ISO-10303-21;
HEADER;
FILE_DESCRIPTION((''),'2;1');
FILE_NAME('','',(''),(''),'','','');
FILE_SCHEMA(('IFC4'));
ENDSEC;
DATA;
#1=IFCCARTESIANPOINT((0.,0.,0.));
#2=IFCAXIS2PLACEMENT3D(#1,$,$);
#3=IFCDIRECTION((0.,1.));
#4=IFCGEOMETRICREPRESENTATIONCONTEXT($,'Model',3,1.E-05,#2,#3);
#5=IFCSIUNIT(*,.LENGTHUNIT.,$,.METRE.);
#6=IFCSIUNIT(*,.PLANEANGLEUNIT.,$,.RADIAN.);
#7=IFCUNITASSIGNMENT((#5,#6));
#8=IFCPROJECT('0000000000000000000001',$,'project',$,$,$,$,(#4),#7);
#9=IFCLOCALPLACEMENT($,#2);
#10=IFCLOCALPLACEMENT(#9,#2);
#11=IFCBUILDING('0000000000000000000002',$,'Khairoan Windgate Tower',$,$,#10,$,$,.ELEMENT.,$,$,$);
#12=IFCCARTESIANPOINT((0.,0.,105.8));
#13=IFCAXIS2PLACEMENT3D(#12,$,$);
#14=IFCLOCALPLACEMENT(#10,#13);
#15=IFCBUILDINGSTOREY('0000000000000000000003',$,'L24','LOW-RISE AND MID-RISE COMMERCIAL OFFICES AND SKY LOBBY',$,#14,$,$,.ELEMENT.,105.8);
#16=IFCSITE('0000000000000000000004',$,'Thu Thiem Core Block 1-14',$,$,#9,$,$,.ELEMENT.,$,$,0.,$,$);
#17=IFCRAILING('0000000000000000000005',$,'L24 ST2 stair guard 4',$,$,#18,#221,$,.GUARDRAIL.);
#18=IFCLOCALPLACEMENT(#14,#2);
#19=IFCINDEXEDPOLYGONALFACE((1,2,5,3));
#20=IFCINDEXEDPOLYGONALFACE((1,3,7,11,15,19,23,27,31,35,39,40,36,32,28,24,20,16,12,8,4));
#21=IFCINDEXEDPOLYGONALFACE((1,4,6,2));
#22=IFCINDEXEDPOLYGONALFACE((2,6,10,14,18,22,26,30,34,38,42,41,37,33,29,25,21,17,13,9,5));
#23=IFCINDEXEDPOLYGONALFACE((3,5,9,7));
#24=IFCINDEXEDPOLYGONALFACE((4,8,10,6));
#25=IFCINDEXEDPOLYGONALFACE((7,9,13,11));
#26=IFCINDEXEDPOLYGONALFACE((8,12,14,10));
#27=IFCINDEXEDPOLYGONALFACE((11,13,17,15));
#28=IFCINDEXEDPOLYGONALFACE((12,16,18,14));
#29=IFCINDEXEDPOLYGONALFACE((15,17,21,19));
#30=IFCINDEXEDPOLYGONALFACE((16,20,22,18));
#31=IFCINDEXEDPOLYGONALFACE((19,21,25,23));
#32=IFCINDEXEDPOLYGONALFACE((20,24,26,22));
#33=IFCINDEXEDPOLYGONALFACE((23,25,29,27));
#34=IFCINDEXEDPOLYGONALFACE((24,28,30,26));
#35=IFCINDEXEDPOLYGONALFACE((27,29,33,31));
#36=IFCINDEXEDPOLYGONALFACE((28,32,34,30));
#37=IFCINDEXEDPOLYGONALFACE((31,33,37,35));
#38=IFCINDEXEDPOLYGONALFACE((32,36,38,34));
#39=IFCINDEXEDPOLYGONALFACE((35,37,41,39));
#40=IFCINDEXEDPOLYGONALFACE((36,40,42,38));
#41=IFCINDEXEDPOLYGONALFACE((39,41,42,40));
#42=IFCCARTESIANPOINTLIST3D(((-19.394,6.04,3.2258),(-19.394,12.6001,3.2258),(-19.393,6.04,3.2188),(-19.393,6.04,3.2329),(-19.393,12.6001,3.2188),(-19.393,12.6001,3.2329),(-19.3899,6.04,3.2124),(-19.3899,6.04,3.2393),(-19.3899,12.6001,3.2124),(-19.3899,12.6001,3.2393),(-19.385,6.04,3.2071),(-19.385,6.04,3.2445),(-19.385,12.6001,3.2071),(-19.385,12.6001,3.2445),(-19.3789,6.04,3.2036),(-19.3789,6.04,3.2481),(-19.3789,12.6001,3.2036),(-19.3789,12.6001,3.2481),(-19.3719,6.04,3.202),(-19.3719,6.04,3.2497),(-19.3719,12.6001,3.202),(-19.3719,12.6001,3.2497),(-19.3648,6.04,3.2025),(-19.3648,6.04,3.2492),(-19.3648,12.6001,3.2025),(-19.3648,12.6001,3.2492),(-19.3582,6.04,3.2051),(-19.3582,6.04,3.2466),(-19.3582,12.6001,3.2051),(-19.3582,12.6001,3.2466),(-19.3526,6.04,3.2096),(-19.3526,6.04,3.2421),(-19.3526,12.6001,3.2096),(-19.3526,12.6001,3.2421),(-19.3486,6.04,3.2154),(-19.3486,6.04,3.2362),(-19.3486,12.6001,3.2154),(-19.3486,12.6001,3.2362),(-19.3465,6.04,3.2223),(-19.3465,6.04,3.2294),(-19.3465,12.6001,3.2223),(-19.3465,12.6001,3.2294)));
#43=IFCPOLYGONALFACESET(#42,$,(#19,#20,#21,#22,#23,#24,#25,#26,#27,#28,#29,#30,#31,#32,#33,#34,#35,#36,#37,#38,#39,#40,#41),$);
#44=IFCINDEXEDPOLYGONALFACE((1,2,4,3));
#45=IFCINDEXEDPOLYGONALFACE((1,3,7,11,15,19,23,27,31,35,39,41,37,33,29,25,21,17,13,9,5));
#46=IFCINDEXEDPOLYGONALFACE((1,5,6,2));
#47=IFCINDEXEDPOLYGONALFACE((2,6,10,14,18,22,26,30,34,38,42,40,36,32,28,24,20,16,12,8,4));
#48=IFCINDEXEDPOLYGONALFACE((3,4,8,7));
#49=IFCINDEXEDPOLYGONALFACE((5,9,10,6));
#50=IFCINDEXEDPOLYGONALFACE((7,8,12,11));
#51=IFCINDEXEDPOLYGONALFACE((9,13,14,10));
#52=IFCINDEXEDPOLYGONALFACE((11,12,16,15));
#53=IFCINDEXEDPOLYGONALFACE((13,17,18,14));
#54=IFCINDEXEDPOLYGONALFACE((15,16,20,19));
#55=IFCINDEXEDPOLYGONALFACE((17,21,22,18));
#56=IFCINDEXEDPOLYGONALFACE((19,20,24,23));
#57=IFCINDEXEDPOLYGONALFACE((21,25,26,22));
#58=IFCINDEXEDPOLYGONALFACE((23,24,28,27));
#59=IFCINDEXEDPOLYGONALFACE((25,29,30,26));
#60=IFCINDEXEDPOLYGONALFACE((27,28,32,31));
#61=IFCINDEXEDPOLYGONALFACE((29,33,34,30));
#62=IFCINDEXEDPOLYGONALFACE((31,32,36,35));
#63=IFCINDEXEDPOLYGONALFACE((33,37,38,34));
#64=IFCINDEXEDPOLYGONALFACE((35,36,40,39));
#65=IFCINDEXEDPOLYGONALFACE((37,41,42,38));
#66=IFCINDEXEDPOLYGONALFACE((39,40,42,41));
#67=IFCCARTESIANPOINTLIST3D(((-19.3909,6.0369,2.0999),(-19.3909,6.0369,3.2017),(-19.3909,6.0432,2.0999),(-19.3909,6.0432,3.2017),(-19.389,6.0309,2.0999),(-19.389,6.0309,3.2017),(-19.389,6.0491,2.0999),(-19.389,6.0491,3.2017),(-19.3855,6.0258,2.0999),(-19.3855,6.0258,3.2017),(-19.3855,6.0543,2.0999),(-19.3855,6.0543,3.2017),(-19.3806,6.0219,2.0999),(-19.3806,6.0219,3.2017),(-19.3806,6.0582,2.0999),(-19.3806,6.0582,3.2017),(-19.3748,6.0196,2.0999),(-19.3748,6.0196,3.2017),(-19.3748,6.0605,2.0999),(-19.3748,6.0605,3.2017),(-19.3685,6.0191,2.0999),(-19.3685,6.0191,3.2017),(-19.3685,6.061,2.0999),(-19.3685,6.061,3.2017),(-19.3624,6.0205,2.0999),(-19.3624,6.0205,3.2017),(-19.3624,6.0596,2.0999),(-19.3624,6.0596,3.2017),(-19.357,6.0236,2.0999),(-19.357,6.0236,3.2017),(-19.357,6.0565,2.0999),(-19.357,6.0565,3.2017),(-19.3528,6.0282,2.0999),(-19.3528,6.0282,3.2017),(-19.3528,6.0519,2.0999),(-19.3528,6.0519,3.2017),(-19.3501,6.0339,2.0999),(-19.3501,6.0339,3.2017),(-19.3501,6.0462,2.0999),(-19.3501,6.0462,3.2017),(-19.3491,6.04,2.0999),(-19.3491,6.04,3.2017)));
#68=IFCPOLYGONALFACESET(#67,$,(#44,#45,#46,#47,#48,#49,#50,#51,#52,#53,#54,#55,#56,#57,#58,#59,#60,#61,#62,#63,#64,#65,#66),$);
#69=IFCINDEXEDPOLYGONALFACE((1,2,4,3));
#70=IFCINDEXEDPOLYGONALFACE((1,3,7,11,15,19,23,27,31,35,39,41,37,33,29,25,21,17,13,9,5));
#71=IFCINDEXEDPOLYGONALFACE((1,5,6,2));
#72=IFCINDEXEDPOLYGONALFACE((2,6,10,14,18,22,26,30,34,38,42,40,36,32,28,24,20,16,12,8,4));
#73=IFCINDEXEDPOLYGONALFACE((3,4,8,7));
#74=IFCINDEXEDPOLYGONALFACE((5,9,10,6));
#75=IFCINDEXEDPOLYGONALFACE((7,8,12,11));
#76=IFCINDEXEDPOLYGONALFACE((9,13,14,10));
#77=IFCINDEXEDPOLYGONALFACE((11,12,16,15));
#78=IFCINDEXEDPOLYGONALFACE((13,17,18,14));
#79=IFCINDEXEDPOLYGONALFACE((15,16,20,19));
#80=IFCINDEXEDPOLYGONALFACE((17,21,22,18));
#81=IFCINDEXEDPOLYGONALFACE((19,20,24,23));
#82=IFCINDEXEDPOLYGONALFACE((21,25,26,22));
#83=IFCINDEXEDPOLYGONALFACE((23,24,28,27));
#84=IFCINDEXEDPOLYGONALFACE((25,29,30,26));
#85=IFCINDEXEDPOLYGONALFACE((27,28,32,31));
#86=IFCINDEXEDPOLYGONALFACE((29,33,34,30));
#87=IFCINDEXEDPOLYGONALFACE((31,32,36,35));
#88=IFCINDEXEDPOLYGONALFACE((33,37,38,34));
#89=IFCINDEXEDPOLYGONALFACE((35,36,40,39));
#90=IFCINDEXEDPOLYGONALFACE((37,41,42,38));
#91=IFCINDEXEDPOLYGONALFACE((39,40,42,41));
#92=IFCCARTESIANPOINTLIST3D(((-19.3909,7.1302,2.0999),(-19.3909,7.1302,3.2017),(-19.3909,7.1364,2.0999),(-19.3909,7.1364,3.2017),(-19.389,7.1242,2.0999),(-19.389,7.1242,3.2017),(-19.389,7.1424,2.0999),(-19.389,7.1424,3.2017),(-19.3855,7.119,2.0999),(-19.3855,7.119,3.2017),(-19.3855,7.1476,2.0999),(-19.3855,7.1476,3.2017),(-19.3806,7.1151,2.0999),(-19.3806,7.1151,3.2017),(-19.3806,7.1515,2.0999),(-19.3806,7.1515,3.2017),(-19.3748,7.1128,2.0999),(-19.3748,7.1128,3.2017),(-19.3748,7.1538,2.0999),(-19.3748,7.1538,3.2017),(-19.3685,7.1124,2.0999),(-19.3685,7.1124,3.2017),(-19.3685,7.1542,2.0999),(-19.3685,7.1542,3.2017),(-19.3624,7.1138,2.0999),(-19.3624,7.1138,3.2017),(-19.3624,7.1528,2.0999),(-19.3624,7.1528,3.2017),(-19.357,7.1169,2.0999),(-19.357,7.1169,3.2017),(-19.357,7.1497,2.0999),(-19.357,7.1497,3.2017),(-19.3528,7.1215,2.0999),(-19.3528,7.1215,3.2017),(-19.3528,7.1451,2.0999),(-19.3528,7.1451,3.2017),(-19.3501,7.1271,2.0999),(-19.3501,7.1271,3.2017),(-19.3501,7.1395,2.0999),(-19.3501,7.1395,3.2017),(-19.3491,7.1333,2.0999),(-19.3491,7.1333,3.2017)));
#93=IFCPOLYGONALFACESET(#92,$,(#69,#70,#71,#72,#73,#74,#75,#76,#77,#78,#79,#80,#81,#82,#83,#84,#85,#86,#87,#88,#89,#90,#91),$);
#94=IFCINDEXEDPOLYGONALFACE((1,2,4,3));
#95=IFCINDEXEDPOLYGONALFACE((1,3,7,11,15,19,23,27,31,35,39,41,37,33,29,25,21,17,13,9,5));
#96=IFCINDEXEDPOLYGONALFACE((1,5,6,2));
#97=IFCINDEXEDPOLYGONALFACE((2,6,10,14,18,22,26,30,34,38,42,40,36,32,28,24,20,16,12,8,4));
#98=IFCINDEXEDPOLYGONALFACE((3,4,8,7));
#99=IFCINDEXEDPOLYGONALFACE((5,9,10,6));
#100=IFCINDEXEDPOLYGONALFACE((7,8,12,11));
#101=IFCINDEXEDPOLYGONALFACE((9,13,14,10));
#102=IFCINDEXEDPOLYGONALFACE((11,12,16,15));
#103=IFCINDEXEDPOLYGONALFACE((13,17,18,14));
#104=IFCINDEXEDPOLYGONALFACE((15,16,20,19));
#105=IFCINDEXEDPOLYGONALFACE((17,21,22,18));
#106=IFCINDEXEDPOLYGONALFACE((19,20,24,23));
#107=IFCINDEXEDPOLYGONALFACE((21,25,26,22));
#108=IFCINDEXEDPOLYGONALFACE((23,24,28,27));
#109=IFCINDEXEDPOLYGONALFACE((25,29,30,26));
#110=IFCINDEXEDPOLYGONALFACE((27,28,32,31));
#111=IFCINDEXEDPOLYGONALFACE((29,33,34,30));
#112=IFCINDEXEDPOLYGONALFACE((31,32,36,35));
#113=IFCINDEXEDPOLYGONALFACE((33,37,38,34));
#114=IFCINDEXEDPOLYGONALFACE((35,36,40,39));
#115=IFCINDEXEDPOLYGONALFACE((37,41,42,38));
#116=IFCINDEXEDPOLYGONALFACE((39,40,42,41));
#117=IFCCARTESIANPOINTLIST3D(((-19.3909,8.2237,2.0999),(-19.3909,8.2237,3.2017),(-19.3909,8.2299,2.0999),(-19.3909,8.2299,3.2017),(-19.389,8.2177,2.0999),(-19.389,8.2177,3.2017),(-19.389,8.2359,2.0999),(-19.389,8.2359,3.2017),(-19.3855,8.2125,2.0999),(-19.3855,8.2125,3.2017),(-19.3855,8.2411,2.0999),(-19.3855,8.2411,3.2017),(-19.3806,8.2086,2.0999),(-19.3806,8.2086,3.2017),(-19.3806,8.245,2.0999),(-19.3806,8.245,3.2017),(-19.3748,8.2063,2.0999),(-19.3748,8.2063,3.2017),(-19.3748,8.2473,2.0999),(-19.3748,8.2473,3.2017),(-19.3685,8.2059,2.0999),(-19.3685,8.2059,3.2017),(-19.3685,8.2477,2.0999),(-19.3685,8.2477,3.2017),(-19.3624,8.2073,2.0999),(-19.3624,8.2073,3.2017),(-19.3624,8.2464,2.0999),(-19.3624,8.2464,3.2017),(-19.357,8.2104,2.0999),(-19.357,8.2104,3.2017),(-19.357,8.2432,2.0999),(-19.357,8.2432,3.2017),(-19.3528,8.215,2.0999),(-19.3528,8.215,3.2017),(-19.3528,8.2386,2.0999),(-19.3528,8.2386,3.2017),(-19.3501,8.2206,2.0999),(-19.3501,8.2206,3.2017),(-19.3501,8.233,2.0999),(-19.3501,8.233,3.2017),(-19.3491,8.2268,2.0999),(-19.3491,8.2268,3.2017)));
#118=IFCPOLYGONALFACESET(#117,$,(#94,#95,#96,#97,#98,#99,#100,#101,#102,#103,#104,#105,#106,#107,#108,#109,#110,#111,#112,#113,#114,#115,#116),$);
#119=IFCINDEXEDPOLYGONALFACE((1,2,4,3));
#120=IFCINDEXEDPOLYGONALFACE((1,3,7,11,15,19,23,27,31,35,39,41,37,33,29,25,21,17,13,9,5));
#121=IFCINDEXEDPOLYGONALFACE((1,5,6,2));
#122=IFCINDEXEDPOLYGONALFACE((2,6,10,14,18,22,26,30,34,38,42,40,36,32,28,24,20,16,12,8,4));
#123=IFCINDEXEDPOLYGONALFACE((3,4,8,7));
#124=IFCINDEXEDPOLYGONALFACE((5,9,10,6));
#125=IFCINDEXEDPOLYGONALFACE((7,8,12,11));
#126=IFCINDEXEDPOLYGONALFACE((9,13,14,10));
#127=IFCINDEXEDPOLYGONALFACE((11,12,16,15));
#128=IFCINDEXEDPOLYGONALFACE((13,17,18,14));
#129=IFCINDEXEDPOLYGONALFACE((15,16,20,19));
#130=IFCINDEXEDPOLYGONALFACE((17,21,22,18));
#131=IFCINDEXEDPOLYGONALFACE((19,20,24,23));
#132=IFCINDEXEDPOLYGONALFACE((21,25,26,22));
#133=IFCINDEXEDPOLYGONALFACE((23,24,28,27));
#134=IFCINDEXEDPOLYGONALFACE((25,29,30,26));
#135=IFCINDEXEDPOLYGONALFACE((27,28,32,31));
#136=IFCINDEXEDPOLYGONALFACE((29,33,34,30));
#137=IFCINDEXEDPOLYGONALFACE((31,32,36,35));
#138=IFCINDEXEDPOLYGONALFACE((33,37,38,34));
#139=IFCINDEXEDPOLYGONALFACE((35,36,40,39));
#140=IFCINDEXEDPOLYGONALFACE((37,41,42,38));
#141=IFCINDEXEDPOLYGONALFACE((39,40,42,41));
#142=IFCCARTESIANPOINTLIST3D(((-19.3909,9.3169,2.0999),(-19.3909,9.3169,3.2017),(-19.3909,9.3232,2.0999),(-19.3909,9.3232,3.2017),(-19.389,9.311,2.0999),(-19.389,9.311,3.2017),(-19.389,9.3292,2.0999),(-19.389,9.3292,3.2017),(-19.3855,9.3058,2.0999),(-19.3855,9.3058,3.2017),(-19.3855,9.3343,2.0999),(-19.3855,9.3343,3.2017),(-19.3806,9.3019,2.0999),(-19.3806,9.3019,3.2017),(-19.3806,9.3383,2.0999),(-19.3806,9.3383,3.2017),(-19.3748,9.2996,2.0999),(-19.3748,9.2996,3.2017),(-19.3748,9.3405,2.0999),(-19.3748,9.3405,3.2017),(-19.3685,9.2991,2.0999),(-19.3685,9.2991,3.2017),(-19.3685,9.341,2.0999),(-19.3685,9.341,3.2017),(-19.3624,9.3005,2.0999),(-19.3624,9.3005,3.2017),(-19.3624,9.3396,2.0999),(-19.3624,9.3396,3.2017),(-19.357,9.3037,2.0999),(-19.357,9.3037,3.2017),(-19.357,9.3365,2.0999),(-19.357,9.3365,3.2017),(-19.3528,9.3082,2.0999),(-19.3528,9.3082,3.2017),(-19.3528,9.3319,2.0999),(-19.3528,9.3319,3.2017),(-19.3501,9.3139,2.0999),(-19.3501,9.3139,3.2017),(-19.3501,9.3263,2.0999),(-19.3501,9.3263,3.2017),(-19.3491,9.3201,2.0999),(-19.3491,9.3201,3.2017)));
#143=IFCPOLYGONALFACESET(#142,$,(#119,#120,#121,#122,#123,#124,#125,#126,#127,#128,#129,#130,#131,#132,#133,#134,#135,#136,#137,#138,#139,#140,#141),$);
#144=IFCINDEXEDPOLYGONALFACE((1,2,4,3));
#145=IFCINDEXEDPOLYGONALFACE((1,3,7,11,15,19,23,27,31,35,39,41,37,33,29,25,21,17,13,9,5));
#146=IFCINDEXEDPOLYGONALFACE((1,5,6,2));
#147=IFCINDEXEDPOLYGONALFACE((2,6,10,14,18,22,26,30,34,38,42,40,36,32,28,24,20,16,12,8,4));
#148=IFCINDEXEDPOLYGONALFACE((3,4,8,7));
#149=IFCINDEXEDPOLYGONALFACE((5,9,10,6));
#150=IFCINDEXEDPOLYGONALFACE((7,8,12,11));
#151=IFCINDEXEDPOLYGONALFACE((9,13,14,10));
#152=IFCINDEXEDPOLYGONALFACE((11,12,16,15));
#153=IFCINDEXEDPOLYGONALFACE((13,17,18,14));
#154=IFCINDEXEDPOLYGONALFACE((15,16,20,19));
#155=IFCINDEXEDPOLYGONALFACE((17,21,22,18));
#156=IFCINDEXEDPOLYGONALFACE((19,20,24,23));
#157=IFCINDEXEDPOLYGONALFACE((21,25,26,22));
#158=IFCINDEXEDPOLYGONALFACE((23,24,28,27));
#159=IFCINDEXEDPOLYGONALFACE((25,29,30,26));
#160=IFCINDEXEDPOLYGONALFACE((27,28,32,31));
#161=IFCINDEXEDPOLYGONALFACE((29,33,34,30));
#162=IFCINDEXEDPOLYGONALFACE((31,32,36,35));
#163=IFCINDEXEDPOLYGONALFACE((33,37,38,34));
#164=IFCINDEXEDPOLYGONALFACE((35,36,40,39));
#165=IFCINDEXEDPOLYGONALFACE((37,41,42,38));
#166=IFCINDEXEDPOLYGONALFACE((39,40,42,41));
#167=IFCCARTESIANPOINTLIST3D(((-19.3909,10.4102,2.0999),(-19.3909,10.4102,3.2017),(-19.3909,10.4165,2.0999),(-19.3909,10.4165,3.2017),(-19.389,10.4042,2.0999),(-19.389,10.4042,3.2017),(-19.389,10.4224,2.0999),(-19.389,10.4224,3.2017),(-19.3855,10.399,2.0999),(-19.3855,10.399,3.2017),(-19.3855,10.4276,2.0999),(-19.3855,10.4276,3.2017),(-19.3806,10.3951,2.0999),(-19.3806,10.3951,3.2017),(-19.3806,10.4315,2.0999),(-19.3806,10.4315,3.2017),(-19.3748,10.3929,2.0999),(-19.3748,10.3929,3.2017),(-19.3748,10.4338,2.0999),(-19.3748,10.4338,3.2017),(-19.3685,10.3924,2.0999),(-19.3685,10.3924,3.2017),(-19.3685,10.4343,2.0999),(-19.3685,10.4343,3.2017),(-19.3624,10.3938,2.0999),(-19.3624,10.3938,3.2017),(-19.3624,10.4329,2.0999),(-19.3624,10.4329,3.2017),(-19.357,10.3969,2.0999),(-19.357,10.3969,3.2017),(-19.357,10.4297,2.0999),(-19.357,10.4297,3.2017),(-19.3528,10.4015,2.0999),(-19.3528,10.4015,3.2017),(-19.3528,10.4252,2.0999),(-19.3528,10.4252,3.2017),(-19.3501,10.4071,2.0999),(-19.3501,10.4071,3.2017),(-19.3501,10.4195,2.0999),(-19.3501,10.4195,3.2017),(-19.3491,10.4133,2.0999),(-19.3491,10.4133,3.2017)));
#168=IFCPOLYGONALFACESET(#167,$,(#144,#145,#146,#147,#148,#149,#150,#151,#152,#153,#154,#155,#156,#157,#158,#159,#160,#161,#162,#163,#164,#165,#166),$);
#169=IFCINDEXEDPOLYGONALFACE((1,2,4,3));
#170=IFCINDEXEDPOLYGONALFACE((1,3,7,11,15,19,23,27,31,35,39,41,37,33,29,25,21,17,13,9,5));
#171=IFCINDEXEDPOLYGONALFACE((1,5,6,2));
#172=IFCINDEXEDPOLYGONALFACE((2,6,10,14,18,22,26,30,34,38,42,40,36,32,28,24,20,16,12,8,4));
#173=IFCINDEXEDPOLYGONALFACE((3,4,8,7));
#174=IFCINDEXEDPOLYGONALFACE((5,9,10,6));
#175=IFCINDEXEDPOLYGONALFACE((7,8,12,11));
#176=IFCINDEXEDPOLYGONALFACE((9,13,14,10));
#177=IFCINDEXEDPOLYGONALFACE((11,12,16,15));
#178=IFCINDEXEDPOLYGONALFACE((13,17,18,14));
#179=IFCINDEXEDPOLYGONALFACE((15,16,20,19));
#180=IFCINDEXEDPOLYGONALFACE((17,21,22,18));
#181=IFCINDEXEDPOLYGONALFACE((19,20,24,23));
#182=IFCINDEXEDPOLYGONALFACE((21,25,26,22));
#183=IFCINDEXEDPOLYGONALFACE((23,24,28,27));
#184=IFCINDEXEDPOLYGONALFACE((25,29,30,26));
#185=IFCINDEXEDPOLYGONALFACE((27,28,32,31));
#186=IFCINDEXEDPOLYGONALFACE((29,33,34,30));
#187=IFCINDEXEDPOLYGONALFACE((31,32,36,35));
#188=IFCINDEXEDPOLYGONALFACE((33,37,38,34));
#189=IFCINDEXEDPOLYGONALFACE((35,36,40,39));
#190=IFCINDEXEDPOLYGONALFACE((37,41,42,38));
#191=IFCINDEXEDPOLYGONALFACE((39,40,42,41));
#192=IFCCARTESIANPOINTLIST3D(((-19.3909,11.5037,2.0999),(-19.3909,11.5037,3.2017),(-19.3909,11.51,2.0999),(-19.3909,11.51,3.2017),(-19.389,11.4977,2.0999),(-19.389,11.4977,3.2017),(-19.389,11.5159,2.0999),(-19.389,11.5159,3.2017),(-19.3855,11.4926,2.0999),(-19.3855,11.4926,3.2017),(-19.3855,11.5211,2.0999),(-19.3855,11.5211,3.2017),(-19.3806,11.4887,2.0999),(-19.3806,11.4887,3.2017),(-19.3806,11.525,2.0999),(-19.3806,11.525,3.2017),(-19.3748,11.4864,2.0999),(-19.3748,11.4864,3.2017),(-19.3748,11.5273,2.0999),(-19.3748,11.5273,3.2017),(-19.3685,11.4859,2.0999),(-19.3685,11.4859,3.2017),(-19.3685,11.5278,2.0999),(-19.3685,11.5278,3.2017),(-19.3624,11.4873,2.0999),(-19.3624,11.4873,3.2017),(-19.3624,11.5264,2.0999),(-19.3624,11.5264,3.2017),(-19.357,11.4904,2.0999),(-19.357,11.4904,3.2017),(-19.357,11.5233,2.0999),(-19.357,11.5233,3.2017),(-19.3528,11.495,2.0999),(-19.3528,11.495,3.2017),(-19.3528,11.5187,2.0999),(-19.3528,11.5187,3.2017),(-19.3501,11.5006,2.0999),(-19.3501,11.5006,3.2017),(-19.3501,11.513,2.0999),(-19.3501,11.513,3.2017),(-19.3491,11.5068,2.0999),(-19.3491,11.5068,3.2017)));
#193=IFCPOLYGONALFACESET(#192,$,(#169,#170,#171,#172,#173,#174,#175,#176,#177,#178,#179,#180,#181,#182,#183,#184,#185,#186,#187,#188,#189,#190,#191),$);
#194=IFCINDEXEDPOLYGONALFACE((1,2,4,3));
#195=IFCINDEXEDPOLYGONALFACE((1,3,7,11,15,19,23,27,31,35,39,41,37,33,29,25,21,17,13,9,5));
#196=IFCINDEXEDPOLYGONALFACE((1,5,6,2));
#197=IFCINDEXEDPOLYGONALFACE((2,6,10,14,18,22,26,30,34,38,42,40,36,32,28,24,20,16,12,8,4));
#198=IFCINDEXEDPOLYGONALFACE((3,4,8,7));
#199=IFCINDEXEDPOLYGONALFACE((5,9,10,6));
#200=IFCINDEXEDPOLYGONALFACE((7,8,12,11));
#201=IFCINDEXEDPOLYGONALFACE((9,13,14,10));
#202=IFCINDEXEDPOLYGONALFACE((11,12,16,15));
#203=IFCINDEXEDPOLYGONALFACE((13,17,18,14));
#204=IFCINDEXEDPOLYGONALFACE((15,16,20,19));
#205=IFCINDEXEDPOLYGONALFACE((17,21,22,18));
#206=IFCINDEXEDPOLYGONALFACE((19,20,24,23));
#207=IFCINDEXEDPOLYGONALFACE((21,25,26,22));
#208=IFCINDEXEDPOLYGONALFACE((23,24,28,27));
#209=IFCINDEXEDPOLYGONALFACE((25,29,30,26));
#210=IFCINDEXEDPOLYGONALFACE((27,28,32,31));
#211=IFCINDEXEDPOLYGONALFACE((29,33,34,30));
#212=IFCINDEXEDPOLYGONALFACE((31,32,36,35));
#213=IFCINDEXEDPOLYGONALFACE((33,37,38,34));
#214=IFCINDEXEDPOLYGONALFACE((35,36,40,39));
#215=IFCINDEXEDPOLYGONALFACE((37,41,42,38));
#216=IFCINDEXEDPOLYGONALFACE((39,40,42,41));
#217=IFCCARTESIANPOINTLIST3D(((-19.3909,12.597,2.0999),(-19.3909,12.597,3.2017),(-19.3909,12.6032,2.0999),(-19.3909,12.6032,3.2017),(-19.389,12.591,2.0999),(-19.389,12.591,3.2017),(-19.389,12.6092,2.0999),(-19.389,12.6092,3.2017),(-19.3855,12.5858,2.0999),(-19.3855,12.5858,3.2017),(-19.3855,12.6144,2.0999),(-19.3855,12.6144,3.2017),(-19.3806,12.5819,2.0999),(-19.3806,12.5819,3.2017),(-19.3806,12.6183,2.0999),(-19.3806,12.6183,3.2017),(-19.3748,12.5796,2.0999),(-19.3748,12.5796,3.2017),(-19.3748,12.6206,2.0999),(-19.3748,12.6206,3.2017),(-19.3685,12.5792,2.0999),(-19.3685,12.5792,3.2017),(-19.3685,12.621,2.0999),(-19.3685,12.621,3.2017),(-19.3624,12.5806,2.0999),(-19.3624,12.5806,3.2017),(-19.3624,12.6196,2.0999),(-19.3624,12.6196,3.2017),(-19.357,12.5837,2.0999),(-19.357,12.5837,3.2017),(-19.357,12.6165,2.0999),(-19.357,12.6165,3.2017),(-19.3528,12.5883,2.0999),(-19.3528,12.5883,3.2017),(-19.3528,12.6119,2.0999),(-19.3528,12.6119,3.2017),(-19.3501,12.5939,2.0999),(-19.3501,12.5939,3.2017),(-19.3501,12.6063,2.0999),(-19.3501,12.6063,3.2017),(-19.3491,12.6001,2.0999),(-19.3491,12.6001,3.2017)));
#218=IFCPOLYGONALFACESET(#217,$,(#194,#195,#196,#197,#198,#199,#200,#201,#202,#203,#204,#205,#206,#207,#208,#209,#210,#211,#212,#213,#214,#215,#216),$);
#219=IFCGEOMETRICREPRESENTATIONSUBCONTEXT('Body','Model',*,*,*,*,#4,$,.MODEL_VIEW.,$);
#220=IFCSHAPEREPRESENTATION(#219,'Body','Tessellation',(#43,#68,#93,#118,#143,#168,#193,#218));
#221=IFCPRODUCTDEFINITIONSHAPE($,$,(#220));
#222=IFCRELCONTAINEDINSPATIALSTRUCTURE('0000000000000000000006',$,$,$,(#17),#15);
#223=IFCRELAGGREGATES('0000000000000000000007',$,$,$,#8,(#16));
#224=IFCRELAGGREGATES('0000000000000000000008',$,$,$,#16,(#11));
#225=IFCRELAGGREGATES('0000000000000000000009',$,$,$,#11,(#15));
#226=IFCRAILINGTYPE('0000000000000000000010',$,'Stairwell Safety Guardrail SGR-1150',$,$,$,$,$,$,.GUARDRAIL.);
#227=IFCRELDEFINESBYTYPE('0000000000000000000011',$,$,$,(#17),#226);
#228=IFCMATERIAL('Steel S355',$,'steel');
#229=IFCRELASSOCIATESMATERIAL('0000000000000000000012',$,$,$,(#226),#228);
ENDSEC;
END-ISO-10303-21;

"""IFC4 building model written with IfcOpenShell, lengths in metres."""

from ifc_helpers import new_model, si_unit, direction, frame, origin, origin_2d, place, context, subcontext, project, spatial, circle, extrude, material, type_object, element, save


model = new_model("IFC4")

# Units and contexts
model_context = context("Model", 3, precision=1e-05, world=origin(), true_north=direction((0.0, 1.0)))
body_context = subcontext(model_context, "Body", "Model", "MODEL_VIEW")
ifc_project = project(units=[si_unit("LENGTHUNIT", "METRE"), si_unit("PLANEANGLEUNIT", "RADIAN")], contexts=[model_context])

# Site, building, storey
site_placement = place(None, origin())
site = spatial("IfcSite", under=ifc_project, at=site_placement, Name="Thu Thiem Core Block 1-14", CompositionType="ELEMENT", RefElevation=0.0)
building_placement = place(site_placement, origin())
building = spatial("IfcBuilding", under=site, at=building_placement, Name="Khairoan Windgate Tower", CompositionType="ELEMENT")
storey_placement = place(building_placement, frame((0.0, 0.0, 105.8)))
storey = spatial("IfcBuildingStorey", under=building, at=storey_placement, Name="L24", Description="LOW-RISE AND MID-RISE COMMERCIAL OFFICES AND SKY LOBBY", CompositionType="ELEMENT", Elevation=105.8)

# Railing
ifc_material_1 = material(Name="Steel S355", Category="steel")
railing_type_1 = type_object("IfcRailingType", Name="Stairwell Safety Guardrail SGR-1150", PredefinedType="GUARDRAIL", material=ifc_material_1)
railing_1_placement = place(storey_placement, frame((-19.3701, 6.04, 2.0999)))
element("IfcRailing", 1, at=railing_1_placement, inside=storey, type_object=railing_type_1, Name="L24 ST2 stair guard 4", PredefinedType="GUARDRAIL", context=body_context, shape_type="SweptSolid", body=[
    extrude(circle(Radius=0.0239, at=origin_2d()), frame((0.0, 0.0, 1.126), z_axis=(0.0, 1.0, 0.0), x_axis=(-1.0, 0.0, 0.0)), (0.0, 0.0, 1.0), 6.5601),
    extrude(circle(Radius=0.021, at=origin_2d()), origin(), (0.0, 0.0, 1.0), 1.1018),
    extrude(circle(Radius=0.021, at=origin_2d()), frame((0.0, 1.0933, 0.0)), (0.0, 0.0, 1.0), 1.1018),
    extrude(circle(Radius=0.021, at=origin_2d()), frame((0.0, 2.1868, 0.0)), (0.0, 0.0, 1.0), 1.1018),
    extrude(circle(Radius=0.021, at=origin_2d()), frame((0.0, 3.28, 0.0)), (0.0, 0.0, 1.0), 1.1018),
    extrude(circle(Radius=0.021, at=origin_2d()), frame((0.0, 4.3733, 0.0)), (0.0, 0.0, 1.0), 1.1018),
    extrude(circle(Radius=0.021, at=origin_2d()), frame((0.0, 5.4668, 0.0)), (0.0, 0.0, 1.0), 1.1018),
    extrude(circle(Radius=0.021, at=origin_2d()), frame((0.0, 6.5601, 0.0)), (0.0, 0.0, 1.0), 1.1018),
])

save(model, "model.ifc")
